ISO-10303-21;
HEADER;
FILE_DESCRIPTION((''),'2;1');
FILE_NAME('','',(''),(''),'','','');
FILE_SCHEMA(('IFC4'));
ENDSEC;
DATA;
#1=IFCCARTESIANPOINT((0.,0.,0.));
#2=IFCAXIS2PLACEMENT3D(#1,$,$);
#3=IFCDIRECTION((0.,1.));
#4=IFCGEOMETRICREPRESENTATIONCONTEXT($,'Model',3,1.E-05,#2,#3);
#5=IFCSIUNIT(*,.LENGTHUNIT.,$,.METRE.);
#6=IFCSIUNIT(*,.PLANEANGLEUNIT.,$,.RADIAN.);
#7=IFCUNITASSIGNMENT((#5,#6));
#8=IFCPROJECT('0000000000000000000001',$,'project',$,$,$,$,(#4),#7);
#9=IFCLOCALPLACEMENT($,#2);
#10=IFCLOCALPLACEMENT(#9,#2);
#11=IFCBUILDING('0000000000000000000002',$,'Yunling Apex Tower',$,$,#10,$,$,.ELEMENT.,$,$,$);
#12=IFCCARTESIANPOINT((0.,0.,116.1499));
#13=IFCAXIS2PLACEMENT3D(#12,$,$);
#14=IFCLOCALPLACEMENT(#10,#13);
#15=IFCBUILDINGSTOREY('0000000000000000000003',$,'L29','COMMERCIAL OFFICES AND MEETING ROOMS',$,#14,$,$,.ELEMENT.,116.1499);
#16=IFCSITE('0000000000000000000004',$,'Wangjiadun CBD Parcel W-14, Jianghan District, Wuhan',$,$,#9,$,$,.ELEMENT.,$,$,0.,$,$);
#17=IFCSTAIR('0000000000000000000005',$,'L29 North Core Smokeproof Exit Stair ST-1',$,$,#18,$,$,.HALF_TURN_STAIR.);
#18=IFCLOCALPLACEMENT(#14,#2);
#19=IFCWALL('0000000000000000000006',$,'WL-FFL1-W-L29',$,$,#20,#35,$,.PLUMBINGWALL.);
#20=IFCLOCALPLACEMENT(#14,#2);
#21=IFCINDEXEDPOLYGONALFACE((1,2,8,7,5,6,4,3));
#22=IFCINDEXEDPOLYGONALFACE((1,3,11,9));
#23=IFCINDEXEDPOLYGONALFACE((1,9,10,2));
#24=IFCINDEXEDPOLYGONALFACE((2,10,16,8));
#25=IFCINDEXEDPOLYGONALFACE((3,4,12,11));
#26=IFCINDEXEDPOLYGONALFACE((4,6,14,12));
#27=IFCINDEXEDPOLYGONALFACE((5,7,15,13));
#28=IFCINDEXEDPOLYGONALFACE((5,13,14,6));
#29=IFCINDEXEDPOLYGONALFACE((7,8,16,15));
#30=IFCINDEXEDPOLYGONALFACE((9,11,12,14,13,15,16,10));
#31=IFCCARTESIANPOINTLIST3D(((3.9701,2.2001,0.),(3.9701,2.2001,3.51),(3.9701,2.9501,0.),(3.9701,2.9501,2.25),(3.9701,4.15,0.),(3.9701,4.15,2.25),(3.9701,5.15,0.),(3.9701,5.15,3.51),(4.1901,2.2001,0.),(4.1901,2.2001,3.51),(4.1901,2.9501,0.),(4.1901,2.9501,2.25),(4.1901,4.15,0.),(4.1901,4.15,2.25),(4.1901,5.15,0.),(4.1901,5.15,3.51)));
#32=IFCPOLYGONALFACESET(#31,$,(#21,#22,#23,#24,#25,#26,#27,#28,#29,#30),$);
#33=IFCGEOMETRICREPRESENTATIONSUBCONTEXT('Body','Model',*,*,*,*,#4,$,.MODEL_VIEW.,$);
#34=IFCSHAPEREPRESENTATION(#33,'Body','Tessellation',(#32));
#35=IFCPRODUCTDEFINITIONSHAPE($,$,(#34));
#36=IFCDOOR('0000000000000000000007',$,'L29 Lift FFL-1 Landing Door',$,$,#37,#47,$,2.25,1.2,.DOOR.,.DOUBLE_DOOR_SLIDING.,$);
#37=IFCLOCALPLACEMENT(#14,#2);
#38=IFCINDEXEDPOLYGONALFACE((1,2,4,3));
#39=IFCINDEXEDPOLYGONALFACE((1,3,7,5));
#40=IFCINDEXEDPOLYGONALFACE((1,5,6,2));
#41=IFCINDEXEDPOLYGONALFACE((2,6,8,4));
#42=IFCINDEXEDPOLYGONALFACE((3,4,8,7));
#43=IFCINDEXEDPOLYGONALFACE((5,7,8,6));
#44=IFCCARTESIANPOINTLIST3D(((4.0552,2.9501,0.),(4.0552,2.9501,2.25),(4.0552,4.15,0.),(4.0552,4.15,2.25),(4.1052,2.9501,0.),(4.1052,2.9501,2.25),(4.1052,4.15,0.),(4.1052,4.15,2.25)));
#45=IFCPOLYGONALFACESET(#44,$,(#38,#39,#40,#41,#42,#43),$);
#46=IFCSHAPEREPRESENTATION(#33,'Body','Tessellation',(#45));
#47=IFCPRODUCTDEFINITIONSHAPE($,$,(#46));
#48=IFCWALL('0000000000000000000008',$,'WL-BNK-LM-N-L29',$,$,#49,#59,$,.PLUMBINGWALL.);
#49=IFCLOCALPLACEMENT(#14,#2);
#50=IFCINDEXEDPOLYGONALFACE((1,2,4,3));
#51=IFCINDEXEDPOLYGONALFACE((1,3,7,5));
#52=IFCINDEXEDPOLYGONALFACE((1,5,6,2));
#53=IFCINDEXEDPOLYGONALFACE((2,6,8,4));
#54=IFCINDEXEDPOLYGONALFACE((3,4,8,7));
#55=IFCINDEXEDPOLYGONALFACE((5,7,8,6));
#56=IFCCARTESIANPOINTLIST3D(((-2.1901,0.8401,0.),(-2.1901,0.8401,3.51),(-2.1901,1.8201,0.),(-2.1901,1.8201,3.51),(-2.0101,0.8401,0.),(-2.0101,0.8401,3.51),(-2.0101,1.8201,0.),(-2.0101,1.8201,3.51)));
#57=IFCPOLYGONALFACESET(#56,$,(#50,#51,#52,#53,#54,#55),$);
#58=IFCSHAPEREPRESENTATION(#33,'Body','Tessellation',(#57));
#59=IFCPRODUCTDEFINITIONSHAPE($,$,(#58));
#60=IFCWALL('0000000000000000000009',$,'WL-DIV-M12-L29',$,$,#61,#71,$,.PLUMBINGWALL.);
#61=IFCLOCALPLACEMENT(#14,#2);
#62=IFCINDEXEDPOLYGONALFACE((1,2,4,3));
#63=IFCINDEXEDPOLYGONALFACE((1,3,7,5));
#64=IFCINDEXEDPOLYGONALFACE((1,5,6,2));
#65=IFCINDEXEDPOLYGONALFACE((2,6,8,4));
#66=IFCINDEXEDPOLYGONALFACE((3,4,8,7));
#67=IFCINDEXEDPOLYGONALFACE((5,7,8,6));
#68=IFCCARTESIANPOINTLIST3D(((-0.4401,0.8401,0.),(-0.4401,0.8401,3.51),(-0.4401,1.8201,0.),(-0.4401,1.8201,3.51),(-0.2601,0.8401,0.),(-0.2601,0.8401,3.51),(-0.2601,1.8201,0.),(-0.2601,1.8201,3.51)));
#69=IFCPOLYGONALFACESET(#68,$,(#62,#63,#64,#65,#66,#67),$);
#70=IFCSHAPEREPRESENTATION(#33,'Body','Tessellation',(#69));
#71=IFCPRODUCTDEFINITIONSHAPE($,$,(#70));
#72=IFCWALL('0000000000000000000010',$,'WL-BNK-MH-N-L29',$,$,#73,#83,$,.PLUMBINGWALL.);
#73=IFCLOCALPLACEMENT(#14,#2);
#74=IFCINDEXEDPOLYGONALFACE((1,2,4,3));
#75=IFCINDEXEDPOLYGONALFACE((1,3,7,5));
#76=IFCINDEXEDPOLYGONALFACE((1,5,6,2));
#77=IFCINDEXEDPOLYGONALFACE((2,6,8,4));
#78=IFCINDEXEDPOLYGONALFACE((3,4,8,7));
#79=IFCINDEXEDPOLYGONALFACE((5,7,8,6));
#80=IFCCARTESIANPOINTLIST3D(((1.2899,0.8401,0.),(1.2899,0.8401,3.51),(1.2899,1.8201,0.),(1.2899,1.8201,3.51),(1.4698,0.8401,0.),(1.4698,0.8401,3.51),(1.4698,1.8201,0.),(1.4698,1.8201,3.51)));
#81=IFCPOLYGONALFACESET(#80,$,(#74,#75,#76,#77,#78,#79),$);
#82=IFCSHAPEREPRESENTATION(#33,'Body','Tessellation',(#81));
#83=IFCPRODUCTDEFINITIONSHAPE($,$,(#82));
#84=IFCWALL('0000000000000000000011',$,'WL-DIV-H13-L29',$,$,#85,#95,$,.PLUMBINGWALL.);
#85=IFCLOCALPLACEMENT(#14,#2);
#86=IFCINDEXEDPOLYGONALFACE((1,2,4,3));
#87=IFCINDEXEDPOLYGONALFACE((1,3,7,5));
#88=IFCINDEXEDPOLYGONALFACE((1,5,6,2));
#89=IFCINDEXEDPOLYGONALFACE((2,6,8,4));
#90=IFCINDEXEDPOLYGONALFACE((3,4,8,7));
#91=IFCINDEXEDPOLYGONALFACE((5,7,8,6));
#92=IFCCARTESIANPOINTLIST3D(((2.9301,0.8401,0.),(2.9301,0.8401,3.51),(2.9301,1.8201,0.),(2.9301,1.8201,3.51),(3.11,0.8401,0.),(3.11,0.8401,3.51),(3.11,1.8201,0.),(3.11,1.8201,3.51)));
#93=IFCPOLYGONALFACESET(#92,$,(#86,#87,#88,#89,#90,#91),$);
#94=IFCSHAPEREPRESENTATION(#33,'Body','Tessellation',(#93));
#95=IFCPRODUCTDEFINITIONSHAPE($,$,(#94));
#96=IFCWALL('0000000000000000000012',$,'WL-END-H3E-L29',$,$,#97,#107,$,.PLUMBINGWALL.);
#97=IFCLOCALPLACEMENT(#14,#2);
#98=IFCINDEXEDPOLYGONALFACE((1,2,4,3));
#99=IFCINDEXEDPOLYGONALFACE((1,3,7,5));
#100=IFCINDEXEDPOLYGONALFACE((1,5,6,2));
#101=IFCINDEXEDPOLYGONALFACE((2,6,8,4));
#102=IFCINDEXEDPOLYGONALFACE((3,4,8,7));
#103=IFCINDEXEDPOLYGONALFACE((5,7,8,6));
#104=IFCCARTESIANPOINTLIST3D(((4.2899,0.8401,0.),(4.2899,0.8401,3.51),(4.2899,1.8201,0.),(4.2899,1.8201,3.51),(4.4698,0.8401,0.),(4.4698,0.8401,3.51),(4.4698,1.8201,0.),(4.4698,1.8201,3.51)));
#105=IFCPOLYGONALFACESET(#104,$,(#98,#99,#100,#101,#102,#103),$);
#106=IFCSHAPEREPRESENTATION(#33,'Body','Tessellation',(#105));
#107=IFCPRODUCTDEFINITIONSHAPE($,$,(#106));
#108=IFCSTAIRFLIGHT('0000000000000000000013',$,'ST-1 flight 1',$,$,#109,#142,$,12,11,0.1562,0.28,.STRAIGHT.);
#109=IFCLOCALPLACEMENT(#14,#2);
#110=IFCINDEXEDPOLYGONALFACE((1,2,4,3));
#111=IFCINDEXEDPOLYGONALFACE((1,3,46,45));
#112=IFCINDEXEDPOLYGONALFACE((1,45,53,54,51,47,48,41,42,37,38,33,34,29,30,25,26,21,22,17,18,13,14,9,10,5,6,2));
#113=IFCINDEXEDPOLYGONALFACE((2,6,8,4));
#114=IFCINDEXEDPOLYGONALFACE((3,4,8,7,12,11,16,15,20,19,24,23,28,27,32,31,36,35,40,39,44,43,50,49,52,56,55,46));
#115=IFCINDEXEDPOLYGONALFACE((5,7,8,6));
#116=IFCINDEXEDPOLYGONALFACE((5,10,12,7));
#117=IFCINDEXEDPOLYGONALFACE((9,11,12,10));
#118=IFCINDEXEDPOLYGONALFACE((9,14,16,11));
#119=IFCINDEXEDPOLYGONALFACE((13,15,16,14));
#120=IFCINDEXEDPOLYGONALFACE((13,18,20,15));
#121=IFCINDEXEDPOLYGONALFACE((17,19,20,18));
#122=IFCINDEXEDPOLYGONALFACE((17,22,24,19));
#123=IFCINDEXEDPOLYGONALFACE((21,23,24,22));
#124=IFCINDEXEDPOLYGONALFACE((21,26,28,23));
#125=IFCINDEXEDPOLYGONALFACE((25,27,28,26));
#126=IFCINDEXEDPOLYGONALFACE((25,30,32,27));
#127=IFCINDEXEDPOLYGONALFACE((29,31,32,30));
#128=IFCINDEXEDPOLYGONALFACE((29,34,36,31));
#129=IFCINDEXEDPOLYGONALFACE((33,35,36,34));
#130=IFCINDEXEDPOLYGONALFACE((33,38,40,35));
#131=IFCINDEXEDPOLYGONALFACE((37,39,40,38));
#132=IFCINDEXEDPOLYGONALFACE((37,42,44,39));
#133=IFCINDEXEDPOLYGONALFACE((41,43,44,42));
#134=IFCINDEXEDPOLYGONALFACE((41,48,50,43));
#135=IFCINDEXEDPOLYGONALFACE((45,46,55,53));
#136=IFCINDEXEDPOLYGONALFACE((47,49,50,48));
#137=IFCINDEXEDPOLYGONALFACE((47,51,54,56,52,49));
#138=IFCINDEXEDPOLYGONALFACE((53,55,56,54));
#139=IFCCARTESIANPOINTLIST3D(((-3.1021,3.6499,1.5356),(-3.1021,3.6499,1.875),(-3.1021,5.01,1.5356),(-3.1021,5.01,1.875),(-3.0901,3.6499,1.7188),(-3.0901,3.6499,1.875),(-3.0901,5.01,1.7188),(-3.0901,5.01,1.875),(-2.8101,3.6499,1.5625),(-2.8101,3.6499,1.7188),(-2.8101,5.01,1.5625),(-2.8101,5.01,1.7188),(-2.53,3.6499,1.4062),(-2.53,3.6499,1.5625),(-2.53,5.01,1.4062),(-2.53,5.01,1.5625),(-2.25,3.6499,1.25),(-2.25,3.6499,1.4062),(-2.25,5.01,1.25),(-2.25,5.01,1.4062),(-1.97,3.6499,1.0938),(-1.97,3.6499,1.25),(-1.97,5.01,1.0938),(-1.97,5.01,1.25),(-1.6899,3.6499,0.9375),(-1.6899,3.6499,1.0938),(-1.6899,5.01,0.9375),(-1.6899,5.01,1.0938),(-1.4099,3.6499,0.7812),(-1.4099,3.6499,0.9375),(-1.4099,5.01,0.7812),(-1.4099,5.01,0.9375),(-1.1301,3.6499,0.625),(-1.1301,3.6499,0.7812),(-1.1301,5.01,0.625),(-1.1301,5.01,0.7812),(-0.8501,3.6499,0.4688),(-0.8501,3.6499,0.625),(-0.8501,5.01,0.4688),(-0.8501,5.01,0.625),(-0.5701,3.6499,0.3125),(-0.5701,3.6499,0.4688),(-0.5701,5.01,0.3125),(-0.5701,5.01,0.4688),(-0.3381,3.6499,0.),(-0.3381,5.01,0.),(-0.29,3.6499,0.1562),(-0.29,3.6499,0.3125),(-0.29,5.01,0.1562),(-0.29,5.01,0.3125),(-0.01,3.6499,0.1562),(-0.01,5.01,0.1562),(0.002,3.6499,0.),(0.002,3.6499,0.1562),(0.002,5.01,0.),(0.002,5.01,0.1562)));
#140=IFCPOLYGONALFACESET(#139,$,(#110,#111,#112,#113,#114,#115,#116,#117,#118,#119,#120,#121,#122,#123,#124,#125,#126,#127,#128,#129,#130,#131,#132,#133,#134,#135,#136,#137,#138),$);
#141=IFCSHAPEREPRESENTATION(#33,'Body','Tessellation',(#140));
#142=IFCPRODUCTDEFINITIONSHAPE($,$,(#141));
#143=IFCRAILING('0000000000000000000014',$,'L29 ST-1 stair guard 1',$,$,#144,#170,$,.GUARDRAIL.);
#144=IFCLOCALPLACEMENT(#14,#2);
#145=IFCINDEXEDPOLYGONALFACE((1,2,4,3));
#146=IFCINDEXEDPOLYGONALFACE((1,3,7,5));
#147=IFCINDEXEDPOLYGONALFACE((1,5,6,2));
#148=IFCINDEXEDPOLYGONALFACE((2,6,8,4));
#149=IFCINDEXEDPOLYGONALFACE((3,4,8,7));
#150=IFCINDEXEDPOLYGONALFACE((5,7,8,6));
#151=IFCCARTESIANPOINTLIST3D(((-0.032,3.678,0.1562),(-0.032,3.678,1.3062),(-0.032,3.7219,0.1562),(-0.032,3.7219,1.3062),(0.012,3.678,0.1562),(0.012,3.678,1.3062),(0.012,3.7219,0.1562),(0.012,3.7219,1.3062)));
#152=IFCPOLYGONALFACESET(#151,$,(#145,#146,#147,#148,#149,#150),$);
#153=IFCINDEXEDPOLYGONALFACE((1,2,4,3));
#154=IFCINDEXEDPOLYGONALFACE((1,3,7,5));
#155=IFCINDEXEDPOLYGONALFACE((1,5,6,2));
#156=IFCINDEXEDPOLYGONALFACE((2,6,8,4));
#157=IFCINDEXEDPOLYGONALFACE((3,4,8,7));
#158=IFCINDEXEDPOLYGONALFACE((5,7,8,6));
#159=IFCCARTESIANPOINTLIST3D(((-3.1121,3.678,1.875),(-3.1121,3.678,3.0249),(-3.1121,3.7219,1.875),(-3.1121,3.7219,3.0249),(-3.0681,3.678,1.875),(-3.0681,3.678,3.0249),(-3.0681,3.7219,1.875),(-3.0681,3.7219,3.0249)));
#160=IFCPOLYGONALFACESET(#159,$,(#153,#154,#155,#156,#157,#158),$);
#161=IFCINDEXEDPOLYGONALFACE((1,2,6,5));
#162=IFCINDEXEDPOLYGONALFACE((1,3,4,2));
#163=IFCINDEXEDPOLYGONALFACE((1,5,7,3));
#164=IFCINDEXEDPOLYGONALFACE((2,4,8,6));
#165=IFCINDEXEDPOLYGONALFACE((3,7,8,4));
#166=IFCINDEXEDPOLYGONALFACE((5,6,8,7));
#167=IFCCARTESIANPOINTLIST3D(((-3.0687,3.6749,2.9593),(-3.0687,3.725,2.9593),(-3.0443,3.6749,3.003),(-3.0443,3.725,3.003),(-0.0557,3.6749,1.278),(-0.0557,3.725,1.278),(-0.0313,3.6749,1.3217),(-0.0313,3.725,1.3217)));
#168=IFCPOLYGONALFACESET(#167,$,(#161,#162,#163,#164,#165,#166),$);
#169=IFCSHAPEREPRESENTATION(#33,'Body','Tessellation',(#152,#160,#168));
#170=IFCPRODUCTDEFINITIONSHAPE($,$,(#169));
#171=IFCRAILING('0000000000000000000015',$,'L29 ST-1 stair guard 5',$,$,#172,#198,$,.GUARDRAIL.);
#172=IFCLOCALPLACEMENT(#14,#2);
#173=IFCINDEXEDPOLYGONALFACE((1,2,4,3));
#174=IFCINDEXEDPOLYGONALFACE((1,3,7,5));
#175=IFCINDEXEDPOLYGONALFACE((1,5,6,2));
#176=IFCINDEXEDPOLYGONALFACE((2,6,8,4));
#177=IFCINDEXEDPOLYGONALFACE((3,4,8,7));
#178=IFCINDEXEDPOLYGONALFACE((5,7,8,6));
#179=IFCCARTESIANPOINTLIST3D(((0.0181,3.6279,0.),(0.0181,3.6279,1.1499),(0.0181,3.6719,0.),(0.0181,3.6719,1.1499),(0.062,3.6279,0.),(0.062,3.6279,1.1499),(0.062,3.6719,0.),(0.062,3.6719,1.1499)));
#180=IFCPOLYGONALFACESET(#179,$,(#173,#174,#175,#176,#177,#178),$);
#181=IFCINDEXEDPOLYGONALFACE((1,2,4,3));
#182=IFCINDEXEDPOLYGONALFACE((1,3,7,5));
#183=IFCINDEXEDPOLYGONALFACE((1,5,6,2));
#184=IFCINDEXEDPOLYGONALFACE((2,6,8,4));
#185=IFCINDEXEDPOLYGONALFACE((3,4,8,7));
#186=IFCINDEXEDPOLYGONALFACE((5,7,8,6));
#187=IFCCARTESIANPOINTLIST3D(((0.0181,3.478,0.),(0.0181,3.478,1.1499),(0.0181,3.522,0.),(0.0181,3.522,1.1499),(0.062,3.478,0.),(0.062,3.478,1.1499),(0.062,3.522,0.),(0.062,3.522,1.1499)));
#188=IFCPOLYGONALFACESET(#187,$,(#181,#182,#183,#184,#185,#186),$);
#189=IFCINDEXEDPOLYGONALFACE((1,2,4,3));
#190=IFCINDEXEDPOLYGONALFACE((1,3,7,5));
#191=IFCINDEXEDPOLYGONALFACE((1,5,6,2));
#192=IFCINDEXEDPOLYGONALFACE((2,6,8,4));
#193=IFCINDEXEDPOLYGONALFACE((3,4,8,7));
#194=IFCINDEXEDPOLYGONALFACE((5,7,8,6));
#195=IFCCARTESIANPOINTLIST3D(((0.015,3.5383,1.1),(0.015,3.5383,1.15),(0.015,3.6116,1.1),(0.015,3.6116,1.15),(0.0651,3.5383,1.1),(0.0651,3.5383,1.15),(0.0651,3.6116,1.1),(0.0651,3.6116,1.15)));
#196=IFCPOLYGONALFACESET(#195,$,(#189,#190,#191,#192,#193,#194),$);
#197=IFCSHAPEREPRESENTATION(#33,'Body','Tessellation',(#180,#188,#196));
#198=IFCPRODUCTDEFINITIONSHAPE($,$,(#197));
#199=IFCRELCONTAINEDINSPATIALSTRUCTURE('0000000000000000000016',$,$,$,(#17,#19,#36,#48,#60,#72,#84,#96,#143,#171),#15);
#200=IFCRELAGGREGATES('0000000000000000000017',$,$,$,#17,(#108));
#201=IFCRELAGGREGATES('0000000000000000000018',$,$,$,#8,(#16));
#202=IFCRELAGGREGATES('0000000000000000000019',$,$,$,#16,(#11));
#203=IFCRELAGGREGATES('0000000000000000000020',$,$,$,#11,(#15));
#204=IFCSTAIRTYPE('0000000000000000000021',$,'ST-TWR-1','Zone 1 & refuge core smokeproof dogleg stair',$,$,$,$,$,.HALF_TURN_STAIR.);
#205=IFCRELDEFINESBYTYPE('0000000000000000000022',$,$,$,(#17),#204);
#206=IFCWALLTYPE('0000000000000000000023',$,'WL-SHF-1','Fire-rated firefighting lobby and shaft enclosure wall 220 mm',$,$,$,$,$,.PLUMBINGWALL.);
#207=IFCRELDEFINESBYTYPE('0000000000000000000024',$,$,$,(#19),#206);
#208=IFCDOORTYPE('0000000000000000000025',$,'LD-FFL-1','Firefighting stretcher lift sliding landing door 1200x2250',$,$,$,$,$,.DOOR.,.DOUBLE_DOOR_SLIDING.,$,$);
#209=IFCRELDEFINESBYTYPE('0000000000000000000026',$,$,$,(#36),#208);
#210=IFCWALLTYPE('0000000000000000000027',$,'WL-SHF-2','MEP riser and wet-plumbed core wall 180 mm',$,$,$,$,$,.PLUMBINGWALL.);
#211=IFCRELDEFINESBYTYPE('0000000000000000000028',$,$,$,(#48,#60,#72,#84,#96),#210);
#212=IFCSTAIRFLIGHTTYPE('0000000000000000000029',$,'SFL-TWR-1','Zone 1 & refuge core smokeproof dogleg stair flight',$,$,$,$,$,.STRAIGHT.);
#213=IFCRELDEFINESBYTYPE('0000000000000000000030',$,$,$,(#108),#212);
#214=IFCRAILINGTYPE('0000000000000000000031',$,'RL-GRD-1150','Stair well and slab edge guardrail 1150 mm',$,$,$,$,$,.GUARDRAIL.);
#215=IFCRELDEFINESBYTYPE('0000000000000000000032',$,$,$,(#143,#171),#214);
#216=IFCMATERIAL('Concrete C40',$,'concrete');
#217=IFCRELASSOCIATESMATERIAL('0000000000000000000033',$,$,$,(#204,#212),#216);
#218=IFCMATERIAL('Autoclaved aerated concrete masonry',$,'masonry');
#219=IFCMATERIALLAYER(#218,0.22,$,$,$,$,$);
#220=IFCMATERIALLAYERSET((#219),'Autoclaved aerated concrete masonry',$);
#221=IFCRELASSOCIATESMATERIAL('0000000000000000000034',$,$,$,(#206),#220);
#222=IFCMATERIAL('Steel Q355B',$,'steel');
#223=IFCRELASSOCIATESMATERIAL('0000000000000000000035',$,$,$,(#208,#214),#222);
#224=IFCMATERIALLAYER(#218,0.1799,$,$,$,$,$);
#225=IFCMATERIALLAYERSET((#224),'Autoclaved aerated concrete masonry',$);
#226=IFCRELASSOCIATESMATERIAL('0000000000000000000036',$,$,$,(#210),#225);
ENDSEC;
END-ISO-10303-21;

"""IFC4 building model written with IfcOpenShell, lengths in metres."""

from ifc_helpers import new_model, si_unit, direction, frame, frame_2d, origin, origin_2d, place, context, subcontext, project, spatial, polyline, rectangle, outline, extrude, material, layer, layer_set, type_object, element, fill, aggregate, save


model = new_model("IFC4")

# Units and contexts
model_context = context("Model", 3, precision=1e-05, world=origin(), true_north=direction((0.0, 1.0)))
body_context = subcontext(model_context, "Body", "Model", "MODEL_VIEW")
ifc_project = project(units=[si_unit("LENGTHUNIT", "METRE"), si_unit("PLANEANGLEUNIT", "RADIAN")], contexts=[model_context])

# Site, building, storey
site_placement = place(None, origin())
site = spatial("IfcSite", under=ifc_project, at=site_placement, Name="Wangjiadun CBD Parcel W-14, Jianghan District, Wuhan", CompositionType="ELEMENT", RefElevation=0.0)
building_placement = place(site_placement, origin())
building = spatial("IfcBuilding", under=site, at=building_placement, Name="Yunling Apex Tower", CompositionType="ELEMENT")
storey_placement = place(building_placement, frame((0.0, 0.0, 116.1499)))
storey = spatial("IfcBuildingStorey", under=building, at=storey_placement, Name="L29", Description="COMMERCIAL OFFICES AND MEETING ROOMS", CompositionType="ELEMENT", Elevation=116.1499)

# Shared definitions
ifc_material_1 = material(Name="Concrete C40", Category="concrete")

# Stair
stair_type = type_object("IfcStairType", Name="ST-TWR-1", Description="Zone 1 & refuge core smokeproof dogleg stair", PredefinedType="HALF_TURN_STAIR", material=ifc_material_1)
stair_1_placement = place(storey_placement, origin())
stair_1 = element("IfcStair", 1, at=stair_1_placement, inside=storey, type_object=stair_type, Name="L29 North Core Smokeproof Exit Stair ST-1", PredefinedType="HALF_TURN_STAIR")

# Wall, opening, door
ifc_material_2 = material(Name="Autoclaved aerated concrete masonry", Category="masonry")
ifc_layer_1 = layer(ifc_material_2, 0.22)
ifc_layer_set_1 = layer_set([ifc_layer_1], Name="Autoclaved aerated concrete masonry")
wall_type_1 = type_object("IfcWallType", Name="WL-SHF-1", Description="Fire-rated firefighting lobby and shaft enclosure wall 220 mm", PredefinedType="PLUMBINGWALL", material=ifc_layer_set_1)
ifc_material_3 = material(Name="Steel Q355B", Category="steel")
wall_1_placement = place(storey_placement, frame((4.0801, 2.2, 0.0), z_axis=(0.0, 0.0, 1.0), x_axis=(0.0, 1.0, 0.0)))
wall_1 = element("IfcWall", 2, at=wall_1_placement, inside=storey, type_object=wall_type_1, Name="WL-FFL1-W-L29", PredefinedType="PLUMBINGWALL", context=body_context, shape_type="SweptSolid", body=[
    extrude(rectangle(XDim=2.95, YDim=0.22, at=frame_2d((1.4751, 0.0))), origin(), (0.0, 0.0, 1.0), 3.51),
])
opening_1_placement = place(wall_1_placement, frame((0.75, 0.0, 0.0)))
opening_1 = element("IfcOpeningElement", 3, at=opening_1_placement, cuts=wall_1, PredefinedType="OPENING", context=body_context, shape_type="SweptSolid", body=[
    extrude(rectangle(XDim=1.2, YDim=2.25, at=frame_2d((0.6001, 1.125))), frame((0.0, 0.1201, 0.0), z_axis=(0.0, -1.0, 0.0), x_axis=(1.0, 0.0, 0.0)), (0.0, 0.0, 1.0), 0.24),
])
door_type_1 = type_object("IfcDoorType", Name="LD-FFL-1", Description="Firefighting stretcher lift sliding landing door 1200x2250", OperationType="DOUBLE_DOOR_SLIDING", PredefinedType="DOOR", material=ifc_material_3)
door_1_placement = place(opening_1_placement, origin())
door_1 = element("IfcDoor", 4, at=door_1_placement, inside=storey, type_object=door_type_1, Name="L29 Lift FFL-1 Landing Door", OperationType="DOUBLE_DOOR_SLIDING", OverallHeight=2.25, OverallWidth=1.2, PredefinedType="DOOR", context=body_context, shape_type="SweptSolid", body=[
    extrude(rectangle(XDim=1.2, YDim=2.25, at=frame_2d((0.6001, 1.125))), frame((0.0, 0.0249, 0.0), z_axis=(0.0, -1.0, 0.0), x_axis=(1.0, 0.0, 0.0)), (0.0, 0.0, 1.0), 0.05),
])
fill(opening_1, door_1)

# Walls
ifc_layer_2 = layer(ifc_material_2, 0.1799)
ifc_layer_set_2 = layer_set([ifc_layer_2], Name="Autoclaved aerated concrete masonry")
wall_type_2 = type_object("IfcWallType", Name="WL-SHF-2", Description="MEP riser and wet-plumbed core wall 180 mm", PredefinedType="PLUMBINGWALL", material=ifc_layer_set_2)
for number, where, z_axis, x_axis, name in (
    (5, (-2.1001, 0.8401, 0.0), (0.0, 0.0, 1.0), (0.0, 1.0, 0.0), "WL-BNK-LM-N-L29"),
    (6, (-0.3501, 0.8401, 0.0), (0.0, 0.0, 1.0), (0.0, 1.0, 0.0), "WL-DIV-M12-L29"),
    (7, (1.3799, 0.8401, 0.0), (0.0, 0.0, 1.0), (0.0, 1.0, 0.0), "WL-BNK-MH-N-L29"),
    (8, (3.02, 0.8401, 0.0), (0.0, 0.0, 1.0), (0.0, 1.0, 0.0), "WL-DIV-H13-L29"),
    (9, (4.3799, 0.8401, 0.0), (0.0, 0.0, 1.0), (0.0, 1.0, 0.0), "WL-END-H3E-L29"),
):
    element("IfcWall", number, at=place(storey_placement, frame(where, z_axis=z_axis, x_axis=x_axis)), inside=storey, type_object=wall_type_2, Name=name, PredefinedType="PLUMBINGWALL", context=body_context, shape_type="SweptSolid", body=[
        extrude(rectangle(XDim=0.98, YDim=0.1799, at=frame_2d((0.49, 0.0))), origin(), (0.0, 0.0, 1.0), 3.51),
    ])

# Stair flight
stair_flight_type = type_object("IfcStairFlightType", Name="SFL-TWR-1", Description="Zone 1 & refuge core smokeproof dogleg stair flight", PredefinedType="STRAIGHT", material=ifc_material_1)
stair_flight_placement = place(storey_placement, frame((-0.01, 4.3301, 0.0), z_axis=(0.0, 0.0, 1.0), x_axis=(-1.0, 0.0, 0.0)))
stair_flight = element("IfcStairFlight", 10, at=stair_flight_placement, type_object=stair_flight_type, Name="ST-1 flight 1", NumberOfRisers=12, NumberOfTreads=11, PredefinedType="STRAIGHT", RiserHeight=0.1562, TreadLength=0.28, context=body_context, shape_type="SweptSolid", body=[
    extrude(outline(polyline([(-0.012, 0.0), (-0.012, 0.1562), (0.0, 0.1562), (0.28, 0.1562), (0.28, 0.3125), (0.5601, 0.3125), (0.5601, 0.4688), (0.8401, 0.4688), (0.8401, 0.625), (1.1201, 0.625), (1.1201, 0.7812), (1.3999, 0.7812), (1.3999, 0.9375), (1.6799, 0.9375), (1.6799, 1.0938), (1.96, 1.0938), (1.96, 1.25), (2.24, 1.25), (2.24, 1.4062), (2.52, 1.4062), (2.52, 1.5625), (2.8, 1.5625), (2.8, 1.7188), (3.0801, 1.7188), (3.0801, 1.875), (3.092, 1.875), (3.092, 1.5356), (0.3281, 0.0), (-0.012, 0.0)])), frame((0.0, 0.6802, 0.0), z_axis=(0.0, -1.0, 0.0), x_axis=(1.0, 0.0, 0.0)), (0.0, 0.0, 1.0), 1.3601),
])
aggregate(stair_1, [stair_flight])

# Railings
railing_type_1 = type_object("IfcRailingType", Name="RL-GRD-1150", Description="Stair well and slab edge guardrail 1150 mm", PredefinedType="GUARDRAIL", material=ifc_material_3)
railing_1_placement = place(storey_placement, frame((-0.01, 3.7, 0.1562)))
element("IfcRailing", 11, at=railing_1_placement, inside=storey, type_object=railing_type_1, Name="L29 ST-1 stair guard 1", PredefinedType="GUARDRAIL", context=body_context, shape_type="SweptSolid", body=[
    extrude(rectangle(XDim=0.0439, YDim=0.0439, at=origin_2d()), origin(), (0.0, 0.0, 1.0), 1.1499),
    extrude(rectangle(XDim=0.0439, YDim=0.0439, at=origin_2d()), frame((-3.0801, 0.0, 1.7188)), (0.0, 0.0, 1.0), 1.1499),
    extrude(rectangle(XDim=0.05, YDim=0.05, at=origin_2d()), frame((-0.0334, 0.0, 1.1436), z_axis=(-0.873242, 0.0, 0.487288), x_axis=(0.0, -1.0, 0.0)), (0.0, 0.0, 1.0), 3.4504),
])
railing_2_placement = place(storey_placement, frame((0.04, 3.6499, 0.0)))
element("IfcRailing", 12, at=railing_2_placement, inside=storey, type_object=railing_type_1, Name="L29 ST-1 stair guard 5", PredefinedType="GUARDRAIL", context=body_context, shape_type="SweptSolid", body=[
    extrude(rectangle(XDim=0.0439, YDim=0.0439, at=origin_2d()), origin(), (0.0, 0.0, 1.0), 1.1499),
    extrude(rectangle(XDim=0.0439, YDim=0.0439, at=origin_2d()), frame((0.0, -0.1499, 0.0)), (0.0, 0.0, 1.0), 1.1499),
    extrude(rectangle(XDim=0.05, YDim=0.05, at=origin_2d()), frame((0.0, -0.0383, 1.125), z_axis=(0.0, -1.0, 0.0), x_axis=(1.0, 0.0, 0.0)), (0.0, 0.0, 1.0), 0.0732),
])

save(model, "model.ifc")
